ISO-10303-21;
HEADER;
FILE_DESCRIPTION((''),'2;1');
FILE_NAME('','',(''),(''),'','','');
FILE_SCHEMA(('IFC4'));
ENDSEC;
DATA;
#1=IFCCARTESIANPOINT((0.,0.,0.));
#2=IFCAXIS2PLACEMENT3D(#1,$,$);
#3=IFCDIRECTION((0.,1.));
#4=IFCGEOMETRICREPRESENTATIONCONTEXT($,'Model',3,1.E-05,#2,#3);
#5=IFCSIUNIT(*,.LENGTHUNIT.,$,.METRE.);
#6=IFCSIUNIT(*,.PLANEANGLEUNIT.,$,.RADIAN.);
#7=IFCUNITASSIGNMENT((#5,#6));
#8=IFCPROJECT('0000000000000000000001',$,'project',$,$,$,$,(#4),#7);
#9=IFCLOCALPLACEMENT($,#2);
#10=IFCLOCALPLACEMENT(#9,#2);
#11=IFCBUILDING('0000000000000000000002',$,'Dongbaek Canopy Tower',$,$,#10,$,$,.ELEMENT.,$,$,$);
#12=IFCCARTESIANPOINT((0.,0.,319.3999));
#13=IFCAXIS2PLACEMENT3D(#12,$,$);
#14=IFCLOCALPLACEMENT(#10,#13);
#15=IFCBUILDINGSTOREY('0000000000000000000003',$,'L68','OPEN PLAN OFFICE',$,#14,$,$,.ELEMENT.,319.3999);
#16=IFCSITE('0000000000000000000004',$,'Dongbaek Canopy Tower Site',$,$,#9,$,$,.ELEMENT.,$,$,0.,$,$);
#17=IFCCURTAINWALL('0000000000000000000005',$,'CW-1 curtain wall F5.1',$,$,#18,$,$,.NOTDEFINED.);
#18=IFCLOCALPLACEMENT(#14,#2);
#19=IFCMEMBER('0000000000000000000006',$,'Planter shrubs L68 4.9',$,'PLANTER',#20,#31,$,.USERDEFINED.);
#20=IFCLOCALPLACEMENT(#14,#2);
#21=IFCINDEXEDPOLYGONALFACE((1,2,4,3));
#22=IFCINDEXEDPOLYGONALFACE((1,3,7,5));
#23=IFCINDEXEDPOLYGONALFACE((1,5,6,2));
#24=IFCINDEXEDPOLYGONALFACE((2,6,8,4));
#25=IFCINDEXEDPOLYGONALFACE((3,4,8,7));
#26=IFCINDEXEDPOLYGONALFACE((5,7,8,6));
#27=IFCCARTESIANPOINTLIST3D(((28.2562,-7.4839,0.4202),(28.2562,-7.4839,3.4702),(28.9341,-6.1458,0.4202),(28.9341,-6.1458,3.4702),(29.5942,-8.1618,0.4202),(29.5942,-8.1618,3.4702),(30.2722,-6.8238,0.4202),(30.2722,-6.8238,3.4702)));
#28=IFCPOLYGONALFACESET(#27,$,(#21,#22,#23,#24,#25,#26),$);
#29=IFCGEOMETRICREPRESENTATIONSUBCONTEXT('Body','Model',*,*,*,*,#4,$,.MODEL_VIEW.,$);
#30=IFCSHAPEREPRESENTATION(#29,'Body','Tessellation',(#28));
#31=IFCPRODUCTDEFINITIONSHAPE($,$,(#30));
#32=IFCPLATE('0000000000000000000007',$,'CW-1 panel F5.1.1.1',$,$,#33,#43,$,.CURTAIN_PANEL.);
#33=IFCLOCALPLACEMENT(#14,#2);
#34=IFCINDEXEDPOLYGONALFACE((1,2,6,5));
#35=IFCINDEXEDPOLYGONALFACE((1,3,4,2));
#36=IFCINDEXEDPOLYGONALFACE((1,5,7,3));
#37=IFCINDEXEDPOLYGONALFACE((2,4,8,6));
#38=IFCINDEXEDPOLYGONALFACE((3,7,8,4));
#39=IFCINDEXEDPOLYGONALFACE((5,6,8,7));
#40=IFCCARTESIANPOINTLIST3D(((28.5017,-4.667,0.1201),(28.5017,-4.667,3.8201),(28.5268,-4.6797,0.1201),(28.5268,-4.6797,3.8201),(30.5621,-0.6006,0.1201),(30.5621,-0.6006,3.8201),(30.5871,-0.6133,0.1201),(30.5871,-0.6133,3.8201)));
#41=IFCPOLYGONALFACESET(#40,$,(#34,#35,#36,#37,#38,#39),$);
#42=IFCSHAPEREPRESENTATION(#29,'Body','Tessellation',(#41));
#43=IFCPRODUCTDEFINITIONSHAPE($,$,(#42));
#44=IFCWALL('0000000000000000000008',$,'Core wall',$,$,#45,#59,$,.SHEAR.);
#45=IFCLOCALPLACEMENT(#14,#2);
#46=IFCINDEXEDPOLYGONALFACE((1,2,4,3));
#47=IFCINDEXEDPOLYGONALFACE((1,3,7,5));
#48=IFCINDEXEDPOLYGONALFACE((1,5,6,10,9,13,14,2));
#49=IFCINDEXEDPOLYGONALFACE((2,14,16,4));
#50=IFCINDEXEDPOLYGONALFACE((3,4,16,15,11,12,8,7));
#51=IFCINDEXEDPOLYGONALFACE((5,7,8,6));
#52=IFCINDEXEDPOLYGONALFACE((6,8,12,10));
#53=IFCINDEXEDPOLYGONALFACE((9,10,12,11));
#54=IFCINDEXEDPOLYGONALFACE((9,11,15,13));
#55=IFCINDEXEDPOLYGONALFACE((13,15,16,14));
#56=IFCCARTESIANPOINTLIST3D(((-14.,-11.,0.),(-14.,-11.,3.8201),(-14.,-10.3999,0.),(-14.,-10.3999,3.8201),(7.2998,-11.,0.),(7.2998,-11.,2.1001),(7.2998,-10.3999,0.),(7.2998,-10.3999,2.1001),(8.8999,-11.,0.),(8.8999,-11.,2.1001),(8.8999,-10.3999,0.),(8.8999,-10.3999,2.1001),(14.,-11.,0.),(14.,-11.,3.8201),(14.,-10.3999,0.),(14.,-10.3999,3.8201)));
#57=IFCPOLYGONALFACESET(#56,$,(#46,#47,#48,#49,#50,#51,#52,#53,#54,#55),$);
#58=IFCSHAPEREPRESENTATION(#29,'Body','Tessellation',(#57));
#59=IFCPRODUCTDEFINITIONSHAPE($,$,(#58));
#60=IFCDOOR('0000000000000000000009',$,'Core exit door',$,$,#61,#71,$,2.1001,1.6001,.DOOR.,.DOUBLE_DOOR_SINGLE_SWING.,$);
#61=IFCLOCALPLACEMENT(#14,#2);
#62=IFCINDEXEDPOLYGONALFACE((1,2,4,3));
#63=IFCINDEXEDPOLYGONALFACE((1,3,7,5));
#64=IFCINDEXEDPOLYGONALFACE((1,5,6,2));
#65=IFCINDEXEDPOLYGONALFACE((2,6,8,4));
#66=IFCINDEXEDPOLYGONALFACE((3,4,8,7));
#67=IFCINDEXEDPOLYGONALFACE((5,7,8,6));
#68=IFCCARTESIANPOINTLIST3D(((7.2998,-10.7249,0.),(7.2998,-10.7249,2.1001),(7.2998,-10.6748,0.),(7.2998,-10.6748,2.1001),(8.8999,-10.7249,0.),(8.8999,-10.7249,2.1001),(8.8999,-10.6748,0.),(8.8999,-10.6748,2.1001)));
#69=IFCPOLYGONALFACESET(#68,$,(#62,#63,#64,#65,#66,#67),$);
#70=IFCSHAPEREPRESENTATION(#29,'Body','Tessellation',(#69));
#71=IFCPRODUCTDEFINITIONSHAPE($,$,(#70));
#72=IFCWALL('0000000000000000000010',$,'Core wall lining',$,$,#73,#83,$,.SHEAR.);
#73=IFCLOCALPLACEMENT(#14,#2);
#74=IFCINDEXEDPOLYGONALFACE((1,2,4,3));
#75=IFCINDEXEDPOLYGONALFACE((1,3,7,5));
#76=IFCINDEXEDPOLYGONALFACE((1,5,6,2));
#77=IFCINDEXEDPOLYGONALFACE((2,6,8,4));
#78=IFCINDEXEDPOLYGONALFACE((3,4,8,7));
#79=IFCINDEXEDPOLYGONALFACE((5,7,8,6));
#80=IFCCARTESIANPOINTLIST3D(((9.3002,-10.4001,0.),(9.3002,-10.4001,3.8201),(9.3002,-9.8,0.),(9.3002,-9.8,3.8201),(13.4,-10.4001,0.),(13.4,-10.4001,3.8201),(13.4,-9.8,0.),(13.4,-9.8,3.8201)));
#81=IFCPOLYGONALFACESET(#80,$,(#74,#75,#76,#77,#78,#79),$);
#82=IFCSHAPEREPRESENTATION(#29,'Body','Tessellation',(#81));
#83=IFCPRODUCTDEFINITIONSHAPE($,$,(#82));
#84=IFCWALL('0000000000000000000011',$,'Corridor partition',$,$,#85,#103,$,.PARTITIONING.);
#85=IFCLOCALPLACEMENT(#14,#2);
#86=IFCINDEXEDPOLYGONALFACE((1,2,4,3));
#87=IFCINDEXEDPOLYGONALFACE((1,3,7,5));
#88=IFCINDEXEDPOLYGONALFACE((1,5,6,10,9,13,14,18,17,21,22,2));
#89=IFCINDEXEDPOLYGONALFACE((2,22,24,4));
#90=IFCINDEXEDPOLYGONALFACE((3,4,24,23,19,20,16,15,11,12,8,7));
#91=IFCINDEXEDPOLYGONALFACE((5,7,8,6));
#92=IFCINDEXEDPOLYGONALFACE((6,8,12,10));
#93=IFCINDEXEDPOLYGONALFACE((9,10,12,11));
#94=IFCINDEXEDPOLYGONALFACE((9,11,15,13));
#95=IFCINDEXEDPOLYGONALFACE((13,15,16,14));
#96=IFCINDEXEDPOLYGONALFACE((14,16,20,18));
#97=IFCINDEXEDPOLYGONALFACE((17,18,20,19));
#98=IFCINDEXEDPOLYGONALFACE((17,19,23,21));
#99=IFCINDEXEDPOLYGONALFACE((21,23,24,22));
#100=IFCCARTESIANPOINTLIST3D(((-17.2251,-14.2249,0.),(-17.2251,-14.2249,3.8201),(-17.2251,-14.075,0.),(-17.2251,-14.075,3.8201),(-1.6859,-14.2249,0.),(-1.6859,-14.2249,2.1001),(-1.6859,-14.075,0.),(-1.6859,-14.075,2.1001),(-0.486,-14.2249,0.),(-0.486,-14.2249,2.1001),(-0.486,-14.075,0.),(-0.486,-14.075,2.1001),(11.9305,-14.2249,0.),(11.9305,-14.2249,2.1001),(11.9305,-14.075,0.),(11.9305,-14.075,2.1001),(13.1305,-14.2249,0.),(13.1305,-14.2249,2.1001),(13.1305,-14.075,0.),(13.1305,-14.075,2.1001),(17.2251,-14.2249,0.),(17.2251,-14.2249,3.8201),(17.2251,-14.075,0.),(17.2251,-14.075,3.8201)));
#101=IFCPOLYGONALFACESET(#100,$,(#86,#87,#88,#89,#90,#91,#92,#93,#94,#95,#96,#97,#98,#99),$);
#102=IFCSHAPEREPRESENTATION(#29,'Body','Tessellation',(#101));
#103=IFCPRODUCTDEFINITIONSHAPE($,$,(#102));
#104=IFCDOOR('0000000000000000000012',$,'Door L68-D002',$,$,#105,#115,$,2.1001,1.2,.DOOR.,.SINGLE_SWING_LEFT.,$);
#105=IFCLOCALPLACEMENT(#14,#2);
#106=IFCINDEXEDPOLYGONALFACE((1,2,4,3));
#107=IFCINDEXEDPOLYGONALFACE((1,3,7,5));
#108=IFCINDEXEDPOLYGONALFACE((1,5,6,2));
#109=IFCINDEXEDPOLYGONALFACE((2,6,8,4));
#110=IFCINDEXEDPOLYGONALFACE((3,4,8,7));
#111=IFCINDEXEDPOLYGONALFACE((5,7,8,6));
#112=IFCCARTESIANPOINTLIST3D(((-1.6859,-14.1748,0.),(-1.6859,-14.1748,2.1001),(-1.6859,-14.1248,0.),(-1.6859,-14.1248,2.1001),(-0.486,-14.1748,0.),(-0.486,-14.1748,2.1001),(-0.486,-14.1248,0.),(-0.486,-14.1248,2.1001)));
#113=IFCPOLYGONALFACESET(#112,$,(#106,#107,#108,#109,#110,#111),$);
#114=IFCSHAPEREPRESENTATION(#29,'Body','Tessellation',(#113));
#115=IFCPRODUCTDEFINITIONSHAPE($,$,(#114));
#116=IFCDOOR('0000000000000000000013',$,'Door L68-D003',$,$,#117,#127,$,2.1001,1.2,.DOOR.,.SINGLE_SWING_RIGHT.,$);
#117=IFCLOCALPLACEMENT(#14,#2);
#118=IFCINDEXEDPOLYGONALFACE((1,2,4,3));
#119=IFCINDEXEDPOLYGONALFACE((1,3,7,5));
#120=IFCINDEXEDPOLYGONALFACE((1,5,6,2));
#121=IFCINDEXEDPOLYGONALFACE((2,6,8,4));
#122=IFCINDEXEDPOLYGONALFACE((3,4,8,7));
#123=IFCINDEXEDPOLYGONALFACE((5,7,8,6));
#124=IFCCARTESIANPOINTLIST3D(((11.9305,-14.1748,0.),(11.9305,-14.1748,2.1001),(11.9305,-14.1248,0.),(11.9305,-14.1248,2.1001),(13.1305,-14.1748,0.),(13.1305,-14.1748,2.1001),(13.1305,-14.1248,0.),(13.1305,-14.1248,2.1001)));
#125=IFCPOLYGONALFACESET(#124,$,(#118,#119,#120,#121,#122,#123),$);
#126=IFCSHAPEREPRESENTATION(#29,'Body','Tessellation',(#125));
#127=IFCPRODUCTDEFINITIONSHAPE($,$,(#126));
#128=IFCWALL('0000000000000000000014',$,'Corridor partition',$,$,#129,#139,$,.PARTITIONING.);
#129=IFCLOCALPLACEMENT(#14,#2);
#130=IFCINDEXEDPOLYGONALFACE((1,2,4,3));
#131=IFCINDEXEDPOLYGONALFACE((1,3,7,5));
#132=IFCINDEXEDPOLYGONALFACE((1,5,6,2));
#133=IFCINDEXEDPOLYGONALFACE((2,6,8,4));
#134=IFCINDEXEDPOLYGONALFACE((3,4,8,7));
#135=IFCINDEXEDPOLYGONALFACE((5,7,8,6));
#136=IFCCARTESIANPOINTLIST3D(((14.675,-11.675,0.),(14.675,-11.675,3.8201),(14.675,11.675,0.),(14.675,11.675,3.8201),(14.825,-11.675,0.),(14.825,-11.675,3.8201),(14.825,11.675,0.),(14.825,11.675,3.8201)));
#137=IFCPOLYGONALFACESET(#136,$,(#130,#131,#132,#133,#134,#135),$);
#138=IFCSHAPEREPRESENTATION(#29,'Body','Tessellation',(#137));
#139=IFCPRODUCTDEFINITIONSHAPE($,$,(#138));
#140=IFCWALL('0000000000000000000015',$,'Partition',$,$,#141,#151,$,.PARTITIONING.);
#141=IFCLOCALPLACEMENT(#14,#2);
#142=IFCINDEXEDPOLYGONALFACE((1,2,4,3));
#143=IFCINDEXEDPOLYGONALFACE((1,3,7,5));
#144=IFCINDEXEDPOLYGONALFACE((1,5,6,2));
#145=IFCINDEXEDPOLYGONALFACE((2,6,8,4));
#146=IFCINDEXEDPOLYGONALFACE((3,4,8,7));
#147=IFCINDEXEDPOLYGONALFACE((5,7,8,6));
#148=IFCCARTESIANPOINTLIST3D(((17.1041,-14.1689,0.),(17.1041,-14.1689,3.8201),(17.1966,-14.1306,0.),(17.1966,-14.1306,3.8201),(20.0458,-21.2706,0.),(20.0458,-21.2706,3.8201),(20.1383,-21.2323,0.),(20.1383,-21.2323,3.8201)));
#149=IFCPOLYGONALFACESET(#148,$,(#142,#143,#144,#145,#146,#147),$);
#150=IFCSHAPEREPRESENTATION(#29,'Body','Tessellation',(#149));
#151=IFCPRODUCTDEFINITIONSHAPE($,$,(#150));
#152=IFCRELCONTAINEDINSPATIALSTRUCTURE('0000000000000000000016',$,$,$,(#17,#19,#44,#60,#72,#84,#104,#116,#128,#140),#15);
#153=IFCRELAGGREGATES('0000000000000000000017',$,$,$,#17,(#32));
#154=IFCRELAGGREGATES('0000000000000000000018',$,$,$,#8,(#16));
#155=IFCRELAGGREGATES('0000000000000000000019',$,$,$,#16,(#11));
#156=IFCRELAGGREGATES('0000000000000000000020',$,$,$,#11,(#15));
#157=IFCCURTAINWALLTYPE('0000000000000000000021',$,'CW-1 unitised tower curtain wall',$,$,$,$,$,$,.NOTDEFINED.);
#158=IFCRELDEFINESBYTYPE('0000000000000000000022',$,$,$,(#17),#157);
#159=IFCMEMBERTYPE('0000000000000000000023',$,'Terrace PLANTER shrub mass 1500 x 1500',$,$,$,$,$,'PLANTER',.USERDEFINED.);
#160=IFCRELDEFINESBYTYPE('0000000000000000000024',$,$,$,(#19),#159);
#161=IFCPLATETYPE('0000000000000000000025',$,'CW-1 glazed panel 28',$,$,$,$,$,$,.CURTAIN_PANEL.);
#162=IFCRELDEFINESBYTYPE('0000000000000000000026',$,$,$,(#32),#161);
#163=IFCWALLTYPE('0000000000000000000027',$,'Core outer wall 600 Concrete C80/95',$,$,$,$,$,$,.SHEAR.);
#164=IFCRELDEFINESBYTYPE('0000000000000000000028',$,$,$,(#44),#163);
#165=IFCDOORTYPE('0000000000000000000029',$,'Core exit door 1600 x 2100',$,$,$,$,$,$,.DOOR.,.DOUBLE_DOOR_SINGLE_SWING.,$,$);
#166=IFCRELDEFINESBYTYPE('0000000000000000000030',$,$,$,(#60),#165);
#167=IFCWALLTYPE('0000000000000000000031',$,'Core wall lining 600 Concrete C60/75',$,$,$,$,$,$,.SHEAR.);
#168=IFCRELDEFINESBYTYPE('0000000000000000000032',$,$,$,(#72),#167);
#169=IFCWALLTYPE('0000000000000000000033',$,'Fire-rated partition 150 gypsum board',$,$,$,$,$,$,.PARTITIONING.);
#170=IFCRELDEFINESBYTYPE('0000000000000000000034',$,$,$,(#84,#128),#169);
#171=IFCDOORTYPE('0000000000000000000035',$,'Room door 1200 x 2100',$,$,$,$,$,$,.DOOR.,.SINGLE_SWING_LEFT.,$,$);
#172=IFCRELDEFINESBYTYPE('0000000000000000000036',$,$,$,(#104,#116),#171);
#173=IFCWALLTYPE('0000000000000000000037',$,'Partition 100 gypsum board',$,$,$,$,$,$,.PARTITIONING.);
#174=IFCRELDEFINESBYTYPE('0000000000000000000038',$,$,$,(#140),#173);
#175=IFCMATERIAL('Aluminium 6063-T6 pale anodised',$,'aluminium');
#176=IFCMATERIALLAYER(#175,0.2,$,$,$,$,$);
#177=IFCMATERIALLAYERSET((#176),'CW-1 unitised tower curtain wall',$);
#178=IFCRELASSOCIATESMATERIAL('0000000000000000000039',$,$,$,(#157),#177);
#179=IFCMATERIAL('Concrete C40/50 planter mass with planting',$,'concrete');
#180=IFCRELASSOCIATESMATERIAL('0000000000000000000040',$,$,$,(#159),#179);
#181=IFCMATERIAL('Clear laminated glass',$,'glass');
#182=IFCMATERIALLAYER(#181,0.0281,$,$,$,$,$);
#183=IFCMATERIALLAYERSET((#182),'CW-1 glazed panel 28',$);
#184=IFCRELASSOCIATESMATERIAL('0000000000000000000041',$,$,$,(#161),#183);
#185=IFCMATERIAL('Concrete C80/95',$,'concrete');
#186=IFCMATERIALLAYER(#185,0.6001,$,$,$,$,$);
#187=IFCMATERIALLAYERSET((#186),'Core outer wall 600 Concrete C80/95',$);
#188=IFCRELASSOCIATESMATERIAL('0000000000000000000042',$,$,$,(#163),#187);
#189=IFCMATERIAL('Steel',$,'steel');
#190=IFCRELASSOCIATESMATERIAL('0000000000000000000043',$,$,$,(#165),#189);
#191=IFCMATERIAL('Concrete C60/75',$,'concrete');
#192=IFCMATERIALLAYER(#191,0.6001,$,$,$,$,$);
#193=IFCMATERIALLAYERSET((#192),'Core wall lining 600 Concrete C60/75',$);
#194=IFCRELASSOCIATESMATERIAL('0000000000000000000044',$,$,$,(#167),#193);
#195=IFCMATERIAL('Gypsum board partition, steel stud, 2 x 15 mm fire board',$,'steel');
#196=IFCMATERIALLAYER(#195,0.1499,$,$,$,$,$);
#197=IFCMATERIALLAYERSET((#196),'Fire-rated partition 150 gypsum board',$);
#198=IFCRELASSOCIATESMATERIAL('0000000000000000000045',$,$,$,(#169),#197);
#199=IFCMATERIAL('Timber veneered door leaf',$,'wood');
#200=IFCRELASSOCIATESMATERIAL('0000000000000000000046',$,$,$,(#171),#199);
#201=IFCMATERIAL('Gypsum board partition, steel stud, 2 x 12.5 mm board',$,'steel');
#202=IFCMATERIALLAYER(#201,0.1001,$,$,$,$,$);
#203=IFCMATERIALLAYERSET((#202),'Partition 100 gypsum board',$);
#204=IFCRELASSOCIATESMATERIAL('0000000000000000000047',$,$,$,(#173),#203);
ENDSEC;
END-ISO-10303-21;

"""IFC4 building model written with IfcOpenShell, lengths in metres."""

from ifc_helpers import new_model, si_unit, direction, frame, frame_2d, origin, origin_2d, place, context, subcontext, project, spatial, rectangle, extrude, material, layer, layer_set, material_profile, profile_set, type_object, element, fill, aggregate, save


model = new_model("IFC4")

# Units and contexts
model_context = context("Model", 3, precision=1e-05, world=origin(), true_north=direction((0.0, 1.0)))
body_context = subcontext(model_context, "Body", "Model", "MODEL_VIEW")
ifc_project = project(units=[si_unit("LENGTHUNIT", "METRE"), si_unit("PLANEANGLEUNIT", "RADIAN")], contexts=[model_context])

# Site, building, storey
site_placement = place(None, origin())
site = spatial("IfcSite", under=ifc_project, at=site_placement, Name="Dongbaek Canopy Tower Site", CompositionType="ELEMENT", RefElevation=0.0)
building_placement = place(site_placement, origin())
building = spatial("IfcBuilding", under=site, at=building_placement, Name="Dongbaek Canopy Tower", CompositionType="ELEMENT")
storey_placement = place(building_placement, frame((0.0, 0.0, 319.3999)))
storey = spatial("IfcBuildingStorey", under=building, at=storey_placement, Name="L68", Description="OPEN PLAN OFFICE", CompositionType="ELEMENT", Elevation=319.3999)

# Curtain wall
ifc_material_1 = material(Name="Aluminium 6063-T6 pale anodised", Category="aluminium")
ifc_layer_1 = layer(ifc_material_1, 0.2)
ifc_layer_set_1 = layer_set([ifc_layer_1], Name="CW-1 unitised tower curtain wall")
curtain_wall_type = type_object("IfcCurtainWallType", Name="CW-1 unitised tower curtain wall", PredefinedType="NOTDEFINED", material=ifc_layer_set_1)
curtain_wall_placement = place(storey_placement, origin())
curtain_wall = element("IfcCurtainWall", 1, at=curtain_wall_placement, inside=storey, type_object=curtain_wall_type, Name="CW-1 curtain wall F5.1", PredefinedType="NOTDEFINED")

# Member
ifc_material_2 = material(Name="Concrete C40/50 planter mass with planting", Category="concrete")
ifc_material_profile_1 = material_profile(ifc_material_2, rectangle(XDim=1.5, YDim=1.5, at=origin_2d()), Name="Terrace PLANTER shrub mass 1500 x 1500")
ifc_profile_set_1 = profile_set([ifc_material_profile_1], Name="Concrete C40/50 planter mass with planting")
member_type_1 = type_object("IfcMemberType", Name="Terrace PLANTER shrub mass 1500 x 1500", ElementType="PLANTER", PredefinedType="USERDEFINED", material=ifc_profile_set_1)
member_1_placement = place(storey_placement, frame((29.2642, -7.1538, 0.4202), z_axis=(0.0, 0.0, 1.0), x_axis=(0.892033, -0.45197, 0.0)))
element("IfcMember", 2, at=member_1_placement, inside=storey, type_object=member_type_1, Name="Planter shrubs L68 4.9", ObjectType="PLANTER", PredefinedType="USERDEFINED", context=body_context, shape_type="SweptSolid", body=[
    extrude(rectangle(XDim=1.5, YDim=1.5, at=origin_2d()), origin(), (0.0, 0.0, 1.0), 3.05),
])

# Plate
ifc_material_3 = material(Name="Clear laminated glass", Category="glass")
ifc_layer_2 = layer(ifc_material_3, 0.0281)
ifc_layer_set_2 = layer_set([ifc_layer_2], Name="CW-1 glazed panel 28")
plate_type = type_object("IfcPlateType", Name="CW-1 glazed panel 28", PredefinedType="CURTAIN_PANEL", material=ifc_layer_set_2)
plate_placement = place(storey_placement, frame((29.5444, -2.6401, 0.1201), z_axis=(0.0, 0.0, 1.0), x_axis=(0.45197, 0.892033, 0.0)))
plate = element("IfcPlate", 3, at=plate_placement, type_object=plate_type, Name="CW-1 panel F5.1.1.1", PredefinedType="CURTAIN_PANEL", context=body_context, shape_type="SweptSolid", body=[
    extrude(rectangle(XDim=4.5586, YDim=0.0281, at=origin_2d()), origin(), (0.0, 0.0, 1.0), 3.7),
])
aggregate(curtain_wall, [plate])

# Wall, opening, door
ifc_material_4 = material(Name="Concrete C80/95", Category="concrete")
ifc_layer_3 = layer(ifc_material_4, 0.6001)
ifc_layer_set_3 = layer_set([ifc_layer_3], Name="Core outer wall 600 Concrete C80/95")
wall_type_1 = type_object("IfcWallType", Name="Core outer wall 600 Concrete C80/95", PredefinedType="SHEAR", material=ifc_layer_set_3)
wall_1_placement = place(storey_placement, frame((14.0, -10.7, 0.0), z_axis=(0.0, 0.0, 1.0), x_axis=(-1.0, 0.0, 0.0)))
wall_1 = element("IfcWall", 4, at=wall_1_placement, inside=storey, type_object=wall_type_1, Name="Core wall", PredefinedType="SHEAR", context=body_context, shape_type="SweptSolid", body=[
    extrude(rectangle(XDim=28.0, YDim=0.6001, at=frame_2d((14.0, 0.0))), origin(), (0.0, 0.0, 1.0), 3.8201),
])
opening_1_placement = place(wall_1_placement, frame((5.1001, 0.0, 0.0)))
opening_1 = element("IfcOpeningElement", 5, at=opening_1_placement, cuts=wall_1, PredefinedType="OPENING", context=body_context, shape_type="SweptSolid", body=[
    extrude(rectangle(XDim=1.6001, YDim=2.1001, at=frame_2d((0.8, 1.05))), frame((0.0, 0.3101, 0.0), z_axis=(0.0, -1.0, 0.0), x_axis=(1.0, 0.0, 0.0)), (0.0, 0.0, 1.0), 0.6201),
])
ifc_material_5 = material(Name="Steel", Category="steel")
door_type_1 = type_object("IfcDoorType", Name="Core exit door 1600 x 2100", OperationType="DOUBLE_DOOR_SINGLE_SWING", PredefinedType="DOOR", material=ifc_material_5)
door_1_placement = place(opening_1_placement, origin())
door_1 = element("IfcDoor", 6, at=door_1_placement, inside=storey, type_object=door_type_1, Name="Core exit door", OperationType="DOUBLE_DOOR_SINGLE_SWING", OverallHeight=2.1001, OverallWidth=1.6001, PredefinedType="DOOR", context=body_context, shape_type="SweptSolid", body=[
    extrude(rectangle(XDim=1.6001, YDim=2.1001, at=frame_2d((0.8, 1.05))), frame((0.0, 0.0249, 0.0), z_axis=(0.0, -1.0, 0.0), x_axis=(1.0, 0.0, 0.0)), (0.0, 0.0, 1.0), 0.05),
])
fill(opening_1, door_1)

# Wall
ifc_material_6 = material(Name="Concrete C60/75", Category="concrete")
ifc_layer_4 = layer(ifc_material_6, 0.6001)
ifc_layer_set_4 = layer_set([ifc_layer_4], Name="Core wall lining 600 Concrete C60/75")
wall_type_2 = type_object("IfcWallType", Name="Core wall lining 600 Concrete C60/75", PredefinedType="SHEAR", material=ifc_layer_set_4)
wall_2_placement = place(storey_placement, frame((13.3999, -10.1001, 0.0), z_axis=(0.0, 0.0, 1.0), x_axis=(-1.0, 0.0, 0.0)))
element("IfcWall", 7, at=wall_2_placement, inside=storey, type_object=wall_type_2, Name="Core wall lining", PredefinedType="SHEAR", context=body_context, shape_type="SweptSolid", body=[
    extrude(rectangle(XDim=4.0999, YDim=0.6001, at=frame_2d((2.0498, 0.0))), origin(), (0.0, 0.0, 1.0), 3.8201),
])

# Wall, openings, doors
ifc_material_7 = material(Name="Gypsum board partition, steel stud, 2 x 15 mm fire board", Category="steel")
ifc_layer_5 = layer(ifc_material_7, 0.1499)
ifc_layer_set_5 = layer_set([ifc_layer_5], Name="Fire-rated partition 150 gypsum board")
wall_type_3 = type_object("IfcWallType", Name="Fire-rated partition 150 gypsum board", PredefinedType="PARTITIONING", material=ifc_layer_set_5)
wall_3_placement = place(storey_placement, frame((17.2251, -14.1499, 0.0), z_axis=(0.0, 0.0, 1.0), x_axis=(-1.0, 0.0, 0.0)))
wall_3 = element("IfcWall", 8, at=wall_3_placement, inside=storey, type_object=wall_type_3, Name="Corridor partition", PredefinedType="PARTITIONING", context=body_context, shape_type="SweptSolid", body=[
    extrude(rectangle(XDim=34.4502, YDim=0.1499, at=frame_2d((17.2251, 0.0))), origin(), (0.0, 0.0, 1.0), 3.8201),
])
opening_2_placement = place(wall_3_placement, frame((17.7109, 0.0, 0.0)))
opening_2 = element("IfcOpeningElement", 9, at=opening_2_placement, cuts=wall_3, PredefinedType="OPENING", context=body_context, shape_type="SweptSolid", body=[
    extrude(rectangle(XDim=1.2, YDim=2.1001, at=frame_2d((0.6001, 1.05))), frame((0.0, 0.085, 0.0), z_axis=(0.0, -1.0, 0.0), x_axis=(1.0, 0.0, 0.0)), (0.0, 0.0, 1.0), 0.1699),
])
opening_3_placement = place(wall_3_placement, frame((4.0945, 0.0, 0.0)))
opening_3 = element("IfcOpeningElement", 10, at=opening_3_placement, cuts=wall_3, PredefinedType="OPENING", context=body_context, shape_type="SweptSolid", body=[
    extrude(rectangle(XDim=1.2, YDim=2.1001, at=frame_2d((0.6001, 1.05))), frame((0.0, 0.085, 0.0), z_axis=(0.0, -1.0, 0.0), x_axis=(1.0, 0.0, 0.0)), (0.0, 0.0, 1.0), 0.1699),
])
ifc_material_8 = material(Name="Timber veneered door leaf", Category="wood")
door_type_2 = type_object("IfcDoorType", Name="Room door 1200 x 2100", OperationType="SINGLE_SWING_LEFT", PredefinedType="DOOR", material=ifc_material_8)
door_2_placement = place(opening_2_placement, origin())
door_2 = element("IfcDoor", 11, at=door_2_placement, inside=storey, type_object=door_type_2, Name="Door L68-D002", OperationType="SINGLE_SWING_LEFT", OverallHeight=2.1001, OverallWidth=1.2, PredefinedType="DOOR", context=body_context, shape_type="SweptSolid", body=[
    extrude(rectangle(XDim=1.2, YDim=2.1001, at=frame_2d((0.6001, 1.05))), frame((0.0, 0.0249, 0.0), z_axis=(0.0, -1.0, 0.0), x_axis=(1.0, 0.0, 0.0)), (0.0, 0.0, 1.0), 0.05),
])
fill(opening_2, door_2)
door_3_placement = place(opening_3_placement, origin())
door_3 = element("IfcDoor", 12, at=door_3_placement, inside=storey, type_object=door_type_2, Name="Door L68-D003", OperationType="SINGLE_SWING_RIGHT", OverallHeight=2.1001, OverallWidth=1.2, PredefinedType="DOOR", context=body_context, shape_type="SweptSolid", body=[
    extrude(rectangle(XDim=1.2, YDim=2.1001, at=frame_2d((0.6001, 1.05))), frame((0.0, 0.0249, 0.0), z_axis=(0.0, -1.0, 0.0), x_axis=(1.0, 0.0, 0.0)), (0.0, 0.0, 1.0), 0.05),
])
fill(opening_3, door_3)

# Walls
wall_4_placement = place(storey_placement, frame((14.75, -11.675, 0.0), z_axis=(0.0, 0.0, 1.0), x_axis=(0.0, 1.0, 0.0)))
element("IfcWall", 13, at=wall_4_placement, inside=storey, type_object=wall_type_3, Name="Corridor partition", PredefinedType="PARTITIONING", context=body_context, shape_type="SweptSolid", body=[
    extrude(rectangle(XDim=23.3501, YDim=0.1499, at=frame_2d((11.675, 0.0))), origin(), (0.0, 0.0, 1.0), 3.8201),
])
ifc_material_9 = material(Name="Gypsum board partition, steel stud, 2 x 12.5 mm board", Category="steel")
ifc_layer_6 = layer(ifc_material_9, 0.1001)
ifc_layer_set_6 = layer_set([ifc_layer_6], Name="Partition 100 gypsum board")
wall_type_4 = type_object("IfcWallType", Name="Partition 100 gypsum board", PredefinedType="PARTITIONING", material=ifc_layer_set_6)
wall_5_placement = place(storey_placement, frame((17.1504, -14.1499, 0.0), z_axis=(0.0, 0.0, 1.0), x_axis=(0.382693, -0.923876, 0.0)))
element("IfcWall", 14, at=wall_5_placement, inside=storey, type_object=wall_type_4, Name="Partition", PredefinedType="PARTITIONING", context=body_context, shape_type="SweptSolid", body=[
    extrude(rectangle(XDim=7.6868, YDim=0.1001, at=frame_2d((3.8433, 0.0))), origin(), (0.0, 0.0, 1.0), 3.8201),
])

save(model, "model.ifc")
